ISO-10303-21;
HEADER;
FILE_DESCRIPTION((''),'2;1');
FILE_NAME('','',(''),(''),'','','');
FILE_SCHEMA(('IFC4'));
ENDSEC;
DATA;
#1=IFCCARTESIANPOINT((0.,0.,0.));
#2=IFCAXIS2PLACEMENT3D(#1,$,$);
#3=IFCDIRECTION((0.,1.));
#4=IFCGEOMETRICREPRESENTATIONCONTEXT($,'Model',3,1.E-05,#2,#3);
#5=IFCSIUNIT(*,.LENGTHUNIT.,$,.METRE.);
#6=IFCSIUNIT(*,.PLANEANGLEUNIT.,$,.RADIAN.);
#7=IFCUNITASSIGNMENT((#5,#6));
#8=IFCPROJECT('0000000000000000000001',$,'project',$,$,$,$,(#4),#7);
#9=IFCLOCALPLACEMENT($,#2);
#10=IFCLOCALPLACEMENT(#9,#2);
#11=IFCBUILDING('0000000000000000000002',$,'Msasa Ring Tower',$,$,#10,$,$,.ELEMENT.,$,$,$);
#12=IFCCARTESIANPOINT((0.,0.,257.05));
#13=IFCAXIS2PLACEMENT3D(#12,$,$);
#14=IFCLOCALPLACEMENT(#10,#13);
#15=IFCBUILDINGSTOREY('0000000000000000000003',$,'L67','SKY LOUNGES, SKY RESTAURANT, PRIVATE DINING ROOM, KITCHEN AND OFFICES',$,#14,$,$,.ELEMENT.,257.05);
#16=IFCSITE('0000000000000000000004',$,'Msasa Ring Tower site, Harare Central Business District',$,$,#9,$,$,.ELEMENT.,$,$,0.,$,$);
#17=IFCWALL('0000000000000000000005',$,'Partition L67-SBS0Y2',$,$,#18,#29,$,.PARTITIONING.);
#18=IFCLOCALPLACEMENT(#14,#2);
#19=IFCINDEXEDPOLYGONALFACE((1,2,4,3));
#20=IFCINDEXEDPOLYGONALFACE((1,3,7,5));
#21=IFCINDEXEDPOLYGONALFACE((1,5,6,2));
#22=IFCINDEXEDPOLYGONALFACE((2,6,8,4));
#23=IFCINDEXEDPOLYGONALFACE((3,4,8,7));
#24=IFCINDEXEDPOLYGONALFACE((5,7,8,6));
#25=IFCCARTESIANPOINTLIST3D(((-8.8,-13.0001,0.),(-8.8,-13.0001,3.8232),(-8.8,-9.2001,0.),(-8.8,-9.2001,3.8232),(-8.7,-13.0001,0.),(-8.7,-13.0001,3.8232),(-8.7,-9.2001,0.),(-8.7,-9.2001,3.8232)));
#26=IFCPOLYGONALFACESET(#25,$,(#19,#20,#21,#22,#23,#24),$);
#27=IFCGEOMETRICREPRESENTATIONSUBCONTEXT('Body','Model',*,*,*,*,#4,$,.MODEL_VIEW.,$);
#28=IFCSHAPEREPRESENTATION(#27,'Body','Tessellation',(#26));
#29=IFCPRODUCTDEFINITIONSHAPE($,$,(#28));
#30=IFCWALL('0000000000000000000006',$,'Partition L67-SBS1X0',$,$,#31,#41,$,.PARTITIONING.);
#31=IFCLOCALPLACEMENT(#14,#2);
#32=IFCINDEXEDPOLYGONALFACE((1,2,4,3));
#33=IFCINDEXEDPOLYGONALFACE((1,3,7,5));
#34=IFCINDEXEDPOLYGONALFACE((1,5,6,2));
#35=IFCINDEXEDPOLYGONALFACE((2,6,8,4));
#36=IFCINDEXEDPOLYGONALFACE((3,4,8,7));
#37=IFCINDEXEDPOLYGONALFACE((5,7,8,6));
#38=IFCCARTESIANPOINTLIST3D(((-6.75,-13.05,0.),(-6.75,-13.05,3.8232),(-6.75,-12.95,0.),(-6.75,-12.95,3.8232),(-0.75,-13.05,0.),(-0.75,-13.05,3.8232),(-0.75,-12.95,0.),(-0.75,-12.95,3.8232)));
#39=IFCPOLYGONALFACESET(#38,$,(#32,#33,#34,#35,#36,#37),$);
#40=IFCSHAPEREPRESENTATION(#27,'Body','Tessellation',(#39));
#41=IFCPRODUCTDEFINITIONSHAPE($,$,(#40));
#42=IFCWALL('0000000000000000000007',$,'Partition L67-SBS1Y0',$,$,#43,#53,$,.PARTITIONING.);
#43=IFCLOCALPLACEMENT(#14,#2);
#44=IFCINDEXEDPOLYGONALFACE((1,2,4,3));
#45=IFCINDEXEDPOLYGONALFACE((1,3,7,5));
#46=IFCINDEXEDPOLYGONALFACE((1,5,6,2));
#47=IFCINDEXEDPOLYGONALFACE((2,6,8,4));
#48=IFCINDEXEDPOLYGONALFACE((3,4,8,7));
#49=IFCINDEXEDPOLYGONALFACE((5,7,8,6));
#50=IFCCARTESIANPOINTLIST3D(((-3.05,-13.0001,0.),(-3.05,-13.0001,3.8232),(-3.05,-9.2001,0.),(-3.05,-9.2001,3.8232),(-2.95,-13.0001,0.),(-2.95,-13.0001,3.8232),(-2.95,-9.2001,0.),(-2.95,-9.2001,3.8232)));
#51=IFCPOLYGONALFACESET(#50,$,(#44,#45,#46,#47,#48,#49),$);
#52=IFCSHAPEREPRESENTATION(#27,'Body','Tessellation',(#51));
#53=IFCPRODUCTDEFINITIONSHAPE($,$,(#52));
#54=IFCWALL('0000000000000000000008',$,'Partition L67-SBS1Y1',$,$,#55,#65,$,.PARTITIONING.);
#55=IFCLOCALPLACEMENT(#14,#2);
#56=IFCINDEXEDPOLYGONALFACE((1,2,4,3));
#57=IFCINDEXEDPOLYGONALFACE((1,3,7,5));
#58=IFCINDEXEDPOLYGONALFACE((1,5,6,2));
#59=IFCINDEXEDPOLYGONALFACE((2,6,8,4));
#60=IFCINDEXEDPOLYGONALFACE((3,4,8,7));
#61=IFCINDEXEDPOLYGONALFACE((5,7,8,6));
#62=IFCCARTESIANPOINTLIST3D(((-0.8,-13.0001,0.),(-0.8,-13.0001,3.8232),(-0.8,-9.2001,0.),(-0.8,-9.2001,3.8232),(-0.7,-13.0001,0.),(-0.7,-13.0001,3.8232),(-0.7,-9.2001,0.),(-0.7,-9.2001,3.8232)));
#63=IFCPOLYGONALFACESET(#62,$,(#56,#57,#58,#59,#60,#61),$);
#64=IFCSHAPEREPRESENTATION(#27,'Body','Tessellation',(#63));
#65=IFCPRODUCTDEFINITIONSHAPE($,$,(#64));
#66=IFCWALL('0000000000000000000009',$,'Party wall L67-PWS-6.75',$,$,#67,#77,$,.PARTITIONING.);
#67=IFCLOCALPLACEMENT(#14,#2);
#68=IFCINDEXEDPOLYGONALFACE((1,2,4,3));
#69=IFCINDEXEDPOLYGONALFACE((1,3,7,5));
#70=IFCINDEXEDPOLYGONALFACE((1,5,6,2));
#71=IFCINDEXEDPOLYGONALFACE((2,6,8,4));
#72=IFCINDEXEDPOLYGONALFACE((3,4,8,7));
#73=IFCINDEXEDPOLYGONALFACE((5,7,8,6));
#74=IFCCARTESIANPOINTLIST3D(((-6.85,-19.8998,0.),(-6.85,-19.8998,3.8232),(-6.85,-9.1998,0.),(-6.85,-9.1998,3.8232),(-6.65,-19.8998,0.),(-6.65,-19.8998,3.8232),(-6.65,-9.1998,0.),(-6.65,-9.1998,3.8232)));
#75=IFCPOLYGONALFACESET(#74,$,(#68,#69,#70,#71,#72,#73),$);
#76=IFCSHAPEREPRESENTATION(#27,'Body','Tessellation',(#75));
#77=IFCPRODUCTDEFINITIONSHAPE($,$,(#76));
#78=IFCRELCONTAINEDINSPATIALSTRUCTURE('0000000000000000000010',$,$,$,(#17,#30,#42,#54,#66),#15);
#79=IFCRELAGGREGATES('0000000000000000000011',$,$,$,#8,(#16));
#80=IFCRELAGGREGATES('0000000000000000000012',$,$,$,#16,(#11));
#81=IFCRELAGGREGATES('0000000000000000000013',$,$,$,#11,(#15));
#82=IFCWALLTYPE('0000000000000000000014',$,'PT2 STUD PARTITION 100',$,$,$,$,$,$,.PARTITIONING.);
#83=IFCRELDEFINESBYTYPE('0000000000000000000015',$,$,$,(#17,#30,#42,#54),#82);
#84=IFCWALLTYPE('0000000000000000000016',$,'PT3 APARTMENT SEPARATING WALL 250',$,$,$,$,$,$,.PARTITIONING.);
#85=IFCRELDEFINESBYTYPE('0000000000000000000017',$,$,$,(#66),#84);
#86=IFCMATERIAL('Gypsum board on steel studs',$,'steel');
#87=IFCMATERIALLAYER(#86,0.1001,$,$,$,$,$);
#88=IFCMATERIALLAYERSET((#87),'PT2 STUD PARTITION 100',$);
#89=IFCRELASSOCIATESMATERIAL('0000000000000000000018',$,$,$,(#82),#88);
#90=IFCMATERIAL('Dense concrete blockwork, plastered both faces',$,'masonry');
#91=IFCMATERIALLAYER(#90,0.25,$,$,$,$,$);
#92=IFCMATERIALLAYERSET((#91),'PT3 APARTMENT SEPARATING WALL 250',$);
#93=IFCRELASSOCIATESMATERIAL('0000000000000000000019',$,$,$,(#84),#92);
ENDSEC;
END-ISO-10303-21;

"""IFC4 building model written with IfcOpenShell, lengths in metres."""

from ifc_helpers import new_model, si_unit, direction, frame, frame_2d, origin, place, context, subcontext, project, spatial, rectangle, extrude, material, layer, layer_set, type_object, element, save


model = new_model("IFC4")

# Units and contexts
model_context = context("Model", 3, precision=1e-05, world=origin(), true_north=direction((0.0, 1.0)))
body_context = subcontext(model_context, "Body", "Model", "MODEL_VIEW")
ifc_project = project(units=[si_unit("LENGTHUNIT", "METRE"), si_unit("PLANEANGLEUNIT", "RADIAN")], contexts=[model_context])

# Site, building, storey
site_placement = place(None, origin())
site = spatial("IfcSite", under=ifc_project, at=site_placement, Name="Msasa Ring Tower site, Harare Central Business District", CompositionType="ELEMENT", RefElevation=0.0)
building_placement = place(site_placement, origin())
building = spatial("IfcBuilding", under=site, at=building_placement, Name="Msasa Ring Tower", CompositionType="ELEMENT")
storey_placement = place(building_placement, frame((0.0, 0.0, 257.05)))
storey = spatial("IfcBuildingStorey", under=building, at=storey_placement, Name="L67", Description="SKY LOUNGES, SKY RESTAURANT, PRIVATE DINING ROOM, KITCHEN AND OFFICES", CompositionType="ELEMENT", Elevation=257.05)

# Walls
ifc_material_1 = material(Name="Gypsum board on steel studs", Category="steel")
ifc_layer_1 = layer(ifc_material_1, 0.1001)
ifc_layer_set_1 = layer_set([ifc_layer_1], Name="PT2 STUD PARTITION 100")
wall_type_1 = type_object("IfcWallType", Name="PT2 STUD PARTITION 100", PredefinedType="PARTITIONING", material=ifc_layer_set_1)
wall_1_placement = place(storey_placement, frame((-8.75, -13.0, 0.0), z_axis=(0.0, 0.0, 1.0), x_axis=(0.0, 1.0, 0.0)))
element("IfcWall", 1, at=wall_1_placement, inside=storey, type_object=wall_type_1, Name="Partition L67-SBS0Y2", PredefinedType="PARTITIONING", context=body_context, shape_type="SweptSolid", body=[
    extrude(rectangle(XDim=3.8, YDim=0.1001, at=frame_2d((1.8999, 0.0))), origin(), (0.0, 0.0, 1.0), 3.8232),
])
wall_2_placement = place(storey_placement, frame((-6.75, -13.0, 0.0), z_axis=(0.0, 0.0, 1.0), x_axis=(1.0, 0.0, 0.0)))
element("IfcWall", 2, at=wall_2_placement, inside=storey, type_object=wall_type_1, Name="Partition L67-SBS1X0", PredefinedType="PARTITIONING", context=body_context, shape_type="SweptSolid", body=[
    extrude(rectangle(XDim=6.0, YDim=0.1001, at=frame_2d((3.0, 0.0))), origin(), (0.0, 0.0, 1.0), 3.8232),
])
for number, where, z_axis, x_axis, name in (
    (3, (-3.0, -13.0, 0.0), (0.0, 0.0, 1.0), (0.0, 1.0, 0.0), "Partition L67-SBS1Y0"),
    (4, (-0.75, -13.0, 0.0), (0.0, 0.0, 1.0), (0.0, 1.0, 0.0), "Partition L67-SBS1Y1"),
):
    element("IfcWall", number, at=place(storey_placement, frame(where, z_axis=z_axis, x_axis=x_axis)), inside=storey, type_object=wall_type_1, Name=name, PredefinedType="PARTITIONING", context=body_context, shape_type="SweptSolid", body=[
        extrude(rectangle(XDim=3.8, YDim=0.1001, at=frame_2d((1.8999, 0.0))), origin(), (0.0, 0.0, 1.0), 3.8232),
    ])
ifc_material_2 = material(Name="Dense concrete blockwork, plastered both faces", Category="masonry")
ifc_layer_2 = layer(ifc_material_2, 0.25)
ifc_layer_set_2 = layer_set([ifc_layer_2], Name="PT3 APARTMENT SEPARATING WALL 250")
wall_type_2 = type_object("IfcWallType", Name="PT3 APARTMENT SEPARATING WALL 250", PredefinedType="PARTITIONING", material=ifc_layer_set_2)
wall_3_placement = place(storey_placement, frame((-6.75, -19.8999, 0.0), z_axis=(0.0, 0.0, 1.0), x_axis=(0.0, 1.0, 0.0)))
element("IfcWall", 5, at=wall_3_placement, inside=storey, type_object=wall_type_2, Name="Party wall L67-PWS-6.75", PredefinedType="PARTITIONING", context=body_context, shape_type="SweptSolid", body=[
    extrude(rectangle(XDim=10.7, YDim=0.2, at=frame_2d((5.3501, 0.0))), origin(), (0.0, 0.0, 1.0), 3.8232),
])

save(model, "model.ifc")
